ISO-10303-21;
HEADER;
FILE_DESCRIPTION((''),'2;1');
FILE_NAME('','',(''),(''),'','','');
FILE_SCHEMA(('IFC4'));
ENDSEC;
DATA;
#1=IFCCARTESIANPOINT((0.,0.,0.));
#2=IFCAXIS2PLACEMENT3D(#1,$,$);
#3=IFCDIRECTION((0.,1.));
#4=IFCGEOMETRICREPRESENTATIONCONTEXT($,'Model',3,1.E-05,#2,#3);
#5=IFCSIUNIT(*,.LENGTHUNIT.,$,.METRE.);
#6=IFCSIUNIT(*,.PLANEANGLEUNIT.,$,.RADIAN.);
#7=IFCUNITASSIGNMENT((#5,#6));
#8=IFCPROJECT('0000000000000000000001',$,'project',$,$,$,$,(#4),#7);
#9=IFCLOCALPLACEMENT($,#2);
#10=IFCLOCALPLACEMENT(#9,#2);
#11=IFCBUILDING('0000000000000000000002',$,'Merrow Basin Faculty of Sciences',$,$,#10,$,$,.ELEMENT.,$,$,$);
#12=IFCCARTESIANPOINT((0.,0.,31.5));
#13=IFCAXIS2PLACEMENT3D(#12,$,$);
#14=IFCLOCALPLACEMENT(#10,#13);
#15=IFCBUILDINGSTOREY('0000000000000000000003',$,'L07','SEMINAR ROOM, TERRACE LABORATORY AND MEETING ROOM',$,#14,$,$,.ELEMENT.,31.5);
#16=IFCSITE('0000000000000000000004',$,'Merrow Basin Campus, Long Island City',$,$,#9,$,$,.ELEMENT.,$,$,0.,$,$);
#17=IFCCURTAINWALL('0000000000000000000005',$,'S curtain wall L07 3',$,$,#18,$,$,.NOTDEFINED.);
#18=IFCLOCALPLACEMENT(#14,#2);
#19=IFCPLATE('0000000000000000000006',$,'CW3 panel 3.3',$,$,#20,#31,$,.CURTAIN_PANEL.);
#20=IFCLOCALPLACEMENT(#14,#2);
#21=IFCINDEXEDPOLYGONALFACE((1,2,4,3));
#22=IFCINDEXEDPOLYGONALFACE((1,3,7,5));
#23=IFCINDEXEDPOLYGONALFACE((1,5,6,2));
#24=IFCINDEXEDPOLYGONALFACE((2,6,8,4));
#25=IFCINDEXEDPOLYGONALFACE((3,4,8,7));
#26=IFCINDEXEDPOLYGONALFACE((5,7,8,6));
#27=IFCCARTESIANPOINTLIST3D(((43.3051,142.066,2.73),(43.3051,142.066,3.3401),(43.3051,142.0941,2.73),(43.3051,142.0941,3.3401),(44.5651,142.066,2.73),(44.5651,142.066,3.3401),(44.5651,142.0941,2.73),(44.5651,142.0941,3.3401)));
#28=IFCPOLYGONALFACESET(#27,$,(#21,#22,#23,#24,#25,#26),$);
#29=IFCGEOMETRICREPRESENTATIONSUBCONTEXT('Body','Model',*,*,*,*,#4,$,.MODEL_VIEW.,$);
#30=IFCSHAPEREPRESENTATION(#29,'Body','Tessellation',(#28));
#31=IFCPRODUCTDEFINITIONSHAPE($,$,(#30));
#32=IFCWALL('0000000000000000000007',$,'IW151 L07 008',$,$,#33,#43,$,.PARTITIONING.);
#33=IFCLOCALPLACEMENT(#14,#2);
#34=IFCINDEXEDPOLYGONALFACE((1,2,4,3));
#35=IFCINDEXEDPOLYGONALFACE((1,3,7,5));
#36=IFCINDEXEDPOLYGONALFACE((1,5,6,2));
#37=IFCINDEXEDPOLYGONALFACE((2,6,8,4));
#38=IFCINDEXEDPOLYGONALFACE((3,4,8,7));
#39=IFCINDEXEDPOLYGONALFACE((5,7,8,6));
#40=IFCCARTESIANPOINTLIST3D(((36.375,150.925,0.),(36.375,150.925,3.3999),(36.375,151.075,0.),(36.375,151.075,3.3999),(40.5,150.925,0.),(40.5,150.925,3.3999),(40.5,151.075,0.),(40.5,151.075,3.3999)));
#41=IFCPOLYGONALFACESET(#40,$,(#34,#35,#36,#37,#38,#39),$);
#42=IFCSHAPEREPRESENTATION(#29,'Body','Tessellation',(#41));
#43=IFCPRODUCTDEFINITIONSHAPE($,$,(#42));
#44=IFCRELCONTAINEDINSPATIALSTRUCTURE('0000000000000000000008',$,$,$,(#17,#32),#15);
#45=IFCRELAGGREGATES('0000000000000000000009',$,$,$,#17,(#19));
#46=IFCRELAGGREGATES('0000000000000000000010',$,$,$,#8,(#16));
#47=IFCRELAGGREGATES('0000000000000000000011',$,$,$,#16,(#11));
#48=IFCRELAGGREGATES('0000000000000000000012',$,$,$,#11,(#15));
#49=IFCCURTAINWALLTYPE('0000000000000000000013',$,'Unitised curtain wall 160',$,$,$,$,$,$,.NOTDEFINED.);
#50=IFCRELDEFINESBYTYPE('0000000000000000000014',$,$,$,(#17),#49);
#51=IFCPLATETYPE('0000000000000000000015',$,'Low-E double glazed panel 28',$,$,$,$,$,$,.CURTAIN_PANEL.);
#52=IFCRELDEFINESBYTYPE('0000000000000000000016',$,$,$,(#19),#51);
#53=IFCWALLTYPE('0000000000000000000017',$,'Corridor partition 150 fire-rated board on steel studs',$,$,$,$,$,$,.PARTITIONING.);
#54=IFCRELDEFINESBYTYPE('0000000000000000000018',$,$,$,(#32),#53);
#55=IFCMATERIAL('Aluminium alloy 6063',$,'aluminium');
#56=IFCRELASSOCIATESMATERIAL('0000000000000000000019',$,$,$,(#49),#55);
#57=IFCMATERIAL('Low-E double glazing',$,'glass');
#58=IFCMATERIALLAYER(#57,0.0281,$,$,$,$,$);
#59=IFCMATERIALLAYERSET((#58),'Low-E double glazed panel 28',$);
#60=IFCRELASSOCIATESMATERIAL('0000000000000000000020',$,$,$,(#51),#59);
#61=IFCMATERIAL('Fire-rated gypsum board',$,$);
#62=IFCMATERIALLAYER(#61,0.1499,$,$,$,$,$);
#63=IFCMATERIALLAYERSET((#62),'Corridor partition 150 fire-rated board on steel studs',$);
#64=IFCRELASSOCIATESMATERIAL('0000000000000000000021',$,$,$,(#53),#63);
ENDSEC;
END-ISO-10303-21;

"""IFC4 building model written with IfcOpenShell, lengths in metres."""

from ifc_helpers import new_model, si_unit, direction, frame, frame_2d, origin, origin_2d, place, context, subcontext, project, spatial, rectangle, extrude, material, layer, layer_set, type_object, element, aggregate, save


model = new_model("IFC4")

# Units and contexts
model_context = context("Model", 3, precision=1e-05, world=origin(), true_north=direction((0.0, 1.0)))
body_context = subcontext(model_context, "Body", "Model", "MODEL_VIEW")
ifc_project = project(units=[si_unit("LENGTHUNIT", "METRE"), si_unit("PLANEANGLEUNIT", "RADIAN")], contexts=[model_context])

# Site, building, storey
site_placement = place(None, origin())
site = spatial("IfcSite", under=ifc_project, at=site_placement, Name="Merrow Basin Campus, Long Island City", CompositionType="ELEMENT", RefElevation=0.0)
building_placement = place(site_placement, origin())
building = spatial("IfcBuilding", under=site, at=building_placement, Name="Merrow Basin Faculty of Sciences", CompositionType="ELEMENT")
storey_placement = place(building_placement, frame((0.0, 0.0, 31.5)))
storey = spatial("IfcBuildingStorey", under=building, at=storey_placement, Name="L07", Description="SEMINAR ROOM, TERRACE LABORATORY AND MEETING ROOM", CompositionType="ELEMENT", Elevation=31.5)

# Curtain wall
ifc_material_1 = material(Name="Aluminium alloy 6063", Category="aluminium")
curtain_wall_type = type_object("IfcCurtainWallType", Name="Unitised curtain wall 160", PredefinedType="NOTDEFINED", material=ifc_material_1)
curtain_wall_placement = place(storey_placement, origin())
curtain_wall = element("IfcCurtainWall", 1, at=curtain_wall_placement, inside=storey, type_object=curtain_wall_type, Name="S curtain wall L07 3", PredefinedType="NOTDEFINED")

# Plate
ifc_material_2 = material(Name="Low-E double glazing", Category="glass")
ifc_layer_1 = layer(ifc_material_2, 0.0281)
ifc_layer_set_1 = layer_set([ifc_layer_1], Name="Low-E double glazed panel 28")
plate_type_1 = type_object("IfcPlateType", Name="Low-E double glazed panel 28", PredefinedType="CURTAIN_PANEL", material=ifc_layer_set_1)
plate_1_placement = place(storey_placement, frame((43.9351, 142.0801, 2.73), z_axis=(0.0, 0.0, 1.0), x_axis=(1.0, 0.0, 0.0)))
plate_1 = element("IfcPlate", 2, at=plate_1_placement, type_object=plate_type_1, Name="CW3 panel 3.3", PredefinedType="CURTAIN_PANEL", context=body_context, shape_type="SweptSolid", body=[
    extrude(rectangle(XDim=1.26, YDim=0.0281, at=origin_2d()), origin(), (0.0, 0.0, 1.0), 0.6101),
])
aggregate(curtain_wall, [plate_1])

# Wall
ifc_material_3 = material(Name="Fire-rated gypsum board")
ifc_layer_2 = layer(ifc_material_3, 0.1499)
ifc_layer_set_2 = layer_set([ifc_layer_2], Name="Corridor partition 150 fire-rated board on steel studs")
wall_type_1 = type_object("IfcWallType", Name="Corridor partition 150 fire-rated board on steel studs", PredefinedType="PARTITIONING", material=ifc_layer_set_2)
wall_1_placement = place(storey_placement, frame((36.375, 151.0, 0.0), z_axis=(0.0, 0.0, 1.0), x_axis=(1.0, 0.0, 0.0)))
element("IfcWall", 3, at=wall_1_placement, inside=storey, type_object=wall_type_1, Name="IW151 L07 008", PredefinedType="PARTITIONING", context=body_context, shape_type="SweptSolid", body=[
    extrude(rectangle(XDim=4.125, YDim=0.1499, at=frame_2d((2.0625, 0.0))), origin(), (0.0, 0.0, 1.0), 3.3999),
])

save(model, "model.ifc")
